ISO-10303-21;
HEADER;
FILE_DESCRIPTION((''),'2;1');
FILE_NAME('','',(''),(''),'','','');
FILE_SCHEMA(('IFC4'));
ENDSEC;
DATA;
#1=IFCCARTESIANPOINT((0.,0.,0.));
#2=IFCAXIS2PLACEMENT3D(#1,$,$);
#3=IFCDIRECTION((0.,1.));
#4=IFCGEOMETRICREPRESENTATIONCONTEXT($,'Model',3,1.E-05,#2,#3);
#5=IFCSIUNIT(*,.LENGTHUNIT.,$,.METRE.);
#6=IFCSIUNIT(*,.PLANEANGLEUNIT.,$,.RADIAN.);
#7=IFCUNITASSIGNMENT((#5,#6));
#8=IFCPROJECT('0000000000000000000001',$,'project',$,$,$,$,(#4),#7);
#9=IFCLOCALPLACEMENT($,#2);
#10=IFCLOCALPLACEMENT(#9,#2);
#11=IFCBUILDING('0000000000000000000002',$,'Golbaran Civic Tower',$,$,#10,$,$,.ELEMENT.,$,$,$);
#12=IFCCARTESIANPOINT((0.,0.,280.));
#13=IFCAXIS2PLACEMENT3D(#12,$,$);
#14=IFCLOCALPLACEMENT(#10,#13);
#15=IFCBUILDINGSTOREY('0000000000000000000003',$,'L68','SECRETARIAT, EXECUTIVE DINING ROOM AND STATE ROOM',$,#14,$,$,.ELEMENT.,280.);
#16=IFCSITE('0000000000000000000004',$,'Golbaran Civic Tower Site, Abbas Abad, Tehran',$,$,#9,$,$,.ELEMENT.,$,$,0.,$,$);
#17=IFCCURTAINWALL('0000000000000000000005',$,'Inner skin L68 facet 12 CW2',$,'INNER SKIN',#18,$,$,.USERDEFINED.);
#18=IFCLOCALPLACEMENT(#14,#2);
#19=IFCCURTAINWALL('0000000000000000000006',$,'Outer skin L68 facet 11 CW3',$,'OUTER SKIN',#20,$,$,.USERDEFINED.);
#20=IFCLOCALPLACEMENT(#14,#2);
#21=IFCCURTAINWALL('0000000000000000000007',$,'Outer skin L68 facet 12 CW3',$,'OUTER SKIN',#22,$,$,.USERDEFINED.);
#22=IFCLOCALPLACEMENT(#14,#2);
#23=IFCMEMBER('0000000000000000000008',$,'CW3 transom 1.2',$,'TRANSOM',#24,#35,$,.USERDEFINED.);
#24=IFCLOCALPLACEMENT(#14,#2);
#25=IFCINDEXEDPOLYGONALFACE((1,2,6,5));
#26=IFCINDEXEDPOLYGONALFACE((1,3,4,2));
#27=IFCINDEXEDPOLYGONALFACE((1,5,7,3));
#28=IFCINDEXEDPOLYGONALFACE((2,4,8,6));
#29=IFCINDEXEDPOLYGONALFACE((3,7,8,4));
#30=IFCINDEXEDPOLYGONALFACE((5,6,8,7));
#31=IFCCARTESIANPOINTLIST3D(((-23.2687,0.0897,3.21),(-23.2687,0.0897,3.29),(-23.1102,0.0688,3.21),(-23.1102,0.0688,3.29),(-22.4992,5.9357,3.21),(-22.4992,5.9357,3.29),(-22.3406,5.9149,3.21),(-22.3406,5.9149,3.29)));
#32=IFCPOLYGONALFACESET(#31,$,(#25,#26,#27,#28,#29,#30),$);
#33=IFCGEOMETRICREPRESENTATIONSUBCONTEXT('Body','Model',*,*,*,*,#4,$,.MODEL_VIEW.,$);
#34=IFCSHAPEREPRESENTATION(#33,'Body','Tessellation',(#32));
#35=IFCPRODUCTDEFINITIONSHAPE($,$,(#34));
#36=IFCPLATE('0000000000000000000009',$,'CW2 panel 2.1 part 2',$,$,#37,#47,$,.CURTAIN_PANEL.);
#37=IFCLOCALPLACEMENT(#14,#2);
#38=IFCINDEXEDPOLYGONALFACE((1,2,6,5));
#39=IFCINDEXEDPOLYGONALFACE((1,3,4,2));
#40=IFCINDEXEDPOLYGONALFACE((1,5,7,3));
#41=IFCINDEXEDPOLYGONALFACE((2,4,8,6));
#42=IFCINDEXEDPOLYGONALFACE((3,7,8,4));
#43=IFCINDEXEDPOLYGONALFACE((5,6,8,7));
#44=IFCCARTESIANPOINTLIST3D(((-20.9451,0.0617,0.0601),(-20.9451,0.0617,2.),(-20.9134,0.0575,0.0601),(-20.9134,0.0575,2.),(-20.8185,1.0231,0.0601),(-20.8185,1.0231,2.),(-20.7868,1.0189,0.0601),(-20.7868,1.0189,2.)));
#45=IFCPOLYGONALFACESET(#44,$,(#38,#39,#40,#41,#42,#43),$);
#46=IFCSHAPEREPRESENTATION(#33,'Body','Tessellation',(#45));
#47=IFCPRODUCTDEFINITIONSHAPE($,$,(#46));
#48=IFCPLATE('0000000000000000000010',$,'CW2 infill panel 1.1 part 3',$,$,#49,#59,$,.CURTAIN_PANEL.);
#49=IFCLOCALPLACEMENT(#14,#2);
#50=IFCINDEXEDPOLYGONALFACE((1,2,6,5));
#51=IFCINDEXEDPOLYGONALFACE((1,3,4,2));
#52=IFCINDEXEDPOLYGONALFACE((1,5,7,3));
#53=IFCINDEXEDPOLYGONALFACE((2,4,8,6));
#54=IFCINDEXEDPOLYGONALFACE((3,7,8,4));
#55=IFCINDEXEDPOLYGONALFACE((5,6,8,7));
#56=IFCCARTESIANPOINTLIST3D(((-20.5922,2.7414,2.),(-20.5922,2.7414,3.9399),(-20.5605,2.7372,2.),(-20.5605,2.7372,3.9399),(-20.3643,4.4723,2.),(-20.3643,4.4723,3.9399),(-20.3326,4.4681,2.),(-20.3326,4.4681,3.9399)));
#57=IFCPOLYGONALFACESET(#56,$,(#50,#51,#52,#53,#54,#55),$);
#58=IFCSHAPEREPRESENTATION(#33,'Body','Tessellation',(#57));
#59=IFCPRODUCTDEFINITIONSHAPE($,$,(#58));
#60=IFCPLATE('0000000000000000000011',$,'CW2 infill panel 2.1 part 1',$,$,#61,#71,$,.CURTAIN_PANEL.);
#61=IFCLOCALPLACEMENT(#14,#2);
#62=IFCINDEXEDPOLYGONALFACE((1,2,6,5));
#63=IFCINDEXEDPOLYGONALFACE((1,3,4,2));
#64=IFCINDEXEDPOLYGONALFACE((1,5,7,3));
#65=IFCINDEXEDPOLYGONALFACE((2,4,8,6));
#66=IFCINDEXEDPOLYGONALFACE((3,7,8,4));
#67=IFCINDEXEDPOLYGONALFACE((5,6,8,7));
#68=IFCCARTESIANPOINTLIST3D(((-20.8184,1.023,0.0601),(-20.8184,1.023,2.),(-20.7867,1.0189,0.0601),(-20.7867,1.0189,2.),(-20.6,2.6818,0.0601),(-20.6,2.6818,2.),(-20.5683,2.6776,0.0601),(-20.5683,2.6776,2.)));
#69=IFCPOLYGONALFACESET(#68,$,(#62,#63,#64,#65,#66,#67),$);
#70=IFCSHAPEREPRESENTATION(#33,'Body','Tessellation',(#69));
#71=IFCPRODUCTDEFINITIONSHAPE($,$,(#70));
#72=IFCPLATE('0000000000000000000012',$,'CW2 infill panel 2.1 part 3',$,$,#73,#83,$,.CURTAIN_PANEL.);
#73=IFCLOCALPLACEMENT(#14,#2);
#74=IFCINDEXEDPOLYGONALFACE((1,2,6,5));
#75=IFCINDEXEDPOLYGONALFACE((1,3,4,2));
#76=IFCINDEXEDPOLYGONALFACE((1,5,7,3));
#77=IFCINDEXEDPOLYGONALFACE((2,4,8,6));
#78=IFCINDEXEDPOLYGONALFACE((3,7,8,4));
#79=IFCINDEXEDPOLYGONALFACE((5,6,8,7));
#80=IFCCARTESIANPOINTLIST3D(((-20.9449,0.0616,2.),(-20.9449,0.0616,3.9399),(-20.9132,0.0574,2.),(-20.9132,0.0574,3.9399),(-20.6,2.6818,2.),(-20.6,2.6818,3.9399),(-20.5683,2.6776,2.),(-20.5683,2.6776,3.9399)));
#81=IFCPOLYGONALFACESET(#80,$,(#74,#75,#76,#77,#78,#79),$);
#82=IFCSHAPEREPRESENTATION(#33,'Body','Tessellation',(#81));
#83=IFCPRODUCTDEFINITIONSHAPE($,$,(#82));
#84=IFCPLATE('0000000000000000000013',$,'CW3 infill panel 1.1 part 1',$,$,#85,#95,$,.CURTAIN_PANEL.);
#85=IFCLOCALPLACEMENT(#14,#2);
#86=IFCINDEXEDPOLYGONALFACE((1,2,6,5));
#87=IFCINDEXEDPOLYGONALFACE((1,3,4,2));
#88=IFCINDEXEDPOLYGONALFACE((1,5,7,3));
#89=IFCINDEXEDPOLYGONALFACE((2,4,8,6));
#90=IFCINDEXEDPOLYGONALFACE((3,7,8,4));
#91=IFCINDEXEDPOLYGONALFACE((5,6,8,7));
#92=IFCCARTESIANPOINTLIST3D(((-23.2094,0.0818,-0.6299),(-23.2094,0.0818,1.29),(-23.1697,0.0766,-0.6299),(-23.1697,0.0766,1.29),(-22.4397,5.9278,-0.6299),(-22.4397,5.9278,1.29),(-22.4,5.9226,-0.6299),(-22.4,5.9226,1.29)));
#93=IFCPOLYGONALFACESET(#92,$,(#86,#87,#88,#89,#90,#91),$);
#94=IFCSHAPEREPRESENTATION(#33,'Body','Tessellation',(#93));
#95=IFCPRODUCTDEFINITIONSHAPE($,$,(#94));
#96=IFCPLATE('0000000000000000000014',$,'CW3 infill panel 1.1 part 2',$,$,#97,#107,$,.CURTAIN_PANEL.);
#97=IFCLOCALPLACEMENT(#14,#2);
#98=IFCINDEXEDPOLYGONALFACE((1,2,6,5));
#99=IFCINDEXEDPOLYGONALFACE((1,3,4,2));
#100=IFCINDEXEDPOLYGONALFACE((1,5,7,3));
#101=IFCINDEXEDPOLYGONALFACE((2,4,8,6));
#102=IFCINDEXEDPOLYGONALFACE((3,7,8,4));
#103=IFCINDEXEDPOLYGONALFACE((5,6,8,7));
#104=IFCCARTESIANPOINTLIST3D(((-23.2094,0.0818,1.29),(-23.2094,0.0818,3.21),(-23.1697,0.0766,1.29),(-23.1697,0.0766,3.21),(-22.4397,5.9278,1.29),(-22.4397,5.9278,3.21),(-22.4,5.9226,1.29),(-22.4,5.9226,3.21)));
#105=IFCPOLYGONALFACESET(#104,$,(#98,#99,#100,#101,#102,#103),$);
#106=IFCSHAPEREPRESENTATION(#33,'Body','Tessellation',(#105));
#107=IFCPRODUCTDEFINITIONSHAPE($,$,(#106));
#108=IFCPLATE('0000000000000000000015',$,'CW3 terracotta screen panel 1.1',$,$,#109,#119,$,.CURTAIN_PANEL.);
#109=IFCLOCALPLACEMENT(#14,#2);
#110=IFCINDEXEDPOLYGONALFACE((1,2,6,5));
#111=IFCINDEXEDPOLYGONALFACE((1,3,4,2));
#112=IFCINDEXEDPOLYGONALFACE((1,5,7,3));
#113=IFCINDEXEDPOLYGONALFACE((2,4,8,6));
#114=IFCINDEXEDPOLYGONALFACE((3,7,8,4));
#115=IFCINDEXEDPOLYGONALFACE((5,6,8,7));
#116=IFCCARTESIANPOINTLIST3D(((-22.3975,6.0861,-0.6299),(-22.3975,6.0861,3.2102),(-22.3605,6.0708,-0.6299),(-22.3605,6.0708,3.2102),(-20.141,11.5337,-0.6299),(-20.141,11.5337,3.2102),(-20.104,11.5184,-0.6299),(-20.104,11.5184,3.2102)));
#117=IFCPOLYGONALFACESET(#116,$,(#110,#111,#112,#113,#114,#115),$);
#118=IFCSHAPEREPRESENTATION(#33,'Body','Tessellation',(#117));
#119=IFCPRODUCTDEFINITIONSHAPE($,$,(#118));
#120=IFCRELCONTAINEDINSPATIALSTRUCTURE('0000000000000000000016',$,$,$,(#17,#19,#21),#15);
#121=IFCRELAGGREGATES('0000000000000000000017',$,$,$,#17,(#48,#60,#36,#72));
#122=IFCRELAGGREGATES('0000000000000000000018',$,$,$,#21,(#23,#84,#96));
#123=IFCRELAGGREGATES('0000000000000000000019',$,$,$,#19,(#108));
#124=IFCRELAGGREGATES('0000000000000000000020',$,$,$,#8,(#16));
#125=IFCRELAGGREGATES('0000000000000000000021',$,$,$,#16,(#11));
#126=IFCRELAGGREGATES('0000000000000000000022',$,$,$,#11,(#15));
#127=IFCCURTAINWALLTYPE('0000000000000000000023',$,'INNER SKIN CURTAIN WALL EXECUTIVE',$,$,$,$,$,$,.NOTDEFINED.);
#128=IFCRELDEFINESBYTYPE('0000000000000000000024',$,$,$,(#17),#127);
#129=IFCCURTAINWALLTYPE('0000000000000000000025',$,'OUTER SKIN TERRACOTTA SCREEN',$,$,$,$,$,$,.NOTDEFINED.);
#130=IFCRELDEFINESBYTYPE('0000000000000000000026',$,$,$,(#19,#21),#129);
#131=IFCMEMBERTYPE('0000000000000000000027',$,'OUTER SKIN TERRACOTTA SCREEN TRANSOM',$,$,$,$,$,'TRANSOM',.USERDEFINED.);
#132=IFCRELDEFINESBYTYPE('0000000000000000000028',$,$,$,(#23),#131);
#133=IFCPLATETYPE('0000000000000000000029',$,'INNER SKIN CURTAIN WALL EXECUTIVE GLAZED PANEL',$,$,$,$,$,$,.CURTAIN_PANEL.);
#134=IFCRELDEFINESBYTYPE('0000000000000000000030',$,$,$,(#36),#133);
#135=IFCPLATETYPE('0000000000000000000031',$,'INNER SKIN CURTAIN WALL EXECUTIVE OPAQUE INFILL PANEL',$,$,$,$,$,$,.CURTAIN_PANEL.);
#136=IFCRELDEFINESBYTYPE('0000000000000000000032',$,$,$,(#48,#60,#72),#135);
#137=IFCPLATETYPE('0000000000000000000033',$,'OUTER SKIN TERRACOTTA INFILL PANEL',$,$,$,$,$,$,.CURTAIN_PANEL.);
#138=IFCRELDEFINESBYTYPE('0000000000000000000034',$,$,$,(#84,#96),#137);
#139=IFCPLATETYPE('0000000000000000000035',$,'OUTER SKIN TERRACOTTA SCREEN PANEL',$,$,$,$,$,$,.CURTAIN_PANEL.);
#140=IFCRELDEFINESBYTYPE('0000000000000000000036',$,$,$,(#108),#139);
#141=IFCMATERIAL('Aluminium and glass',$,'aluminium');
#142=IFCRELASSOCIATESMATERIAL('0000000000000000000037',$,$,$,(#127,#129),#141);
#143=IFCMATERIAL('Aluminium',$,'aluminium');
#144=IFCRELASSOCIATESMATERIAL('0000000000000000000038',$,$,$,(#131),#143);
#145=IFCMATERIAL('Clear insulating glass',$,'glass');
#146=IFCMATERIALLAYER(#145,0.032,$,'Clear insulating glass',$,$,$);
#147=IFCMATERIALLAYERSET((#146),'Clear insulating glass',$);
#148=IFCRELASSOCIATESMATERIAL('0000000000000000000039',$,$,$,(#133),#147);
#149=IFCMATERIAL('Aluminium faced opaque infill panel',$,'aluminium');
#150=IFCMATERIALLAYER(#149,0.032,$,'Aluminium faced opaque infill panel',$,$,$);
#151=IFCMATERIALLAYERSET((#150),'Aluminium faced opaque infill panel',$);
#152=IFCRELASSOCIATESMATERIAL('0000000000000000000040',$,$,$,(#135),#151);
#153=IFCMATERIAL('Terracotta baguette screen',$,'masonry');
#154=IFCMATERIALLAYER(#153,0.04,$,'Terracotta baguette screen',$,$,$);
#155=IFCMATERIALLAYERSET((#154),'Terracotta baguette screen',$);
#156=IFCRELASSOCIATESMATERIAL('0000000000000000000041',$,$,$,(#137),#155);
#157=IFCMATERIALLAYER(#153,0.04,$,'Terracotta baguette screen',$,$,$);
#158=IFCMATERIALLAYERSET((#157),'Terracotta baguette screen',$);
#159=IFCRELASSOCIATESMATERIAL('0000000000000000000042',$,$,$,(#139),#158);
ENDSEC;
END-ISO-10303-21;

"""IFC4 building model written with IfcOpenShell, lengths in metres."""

from ifc_helpers import new_model, si_unit, direction, frame, origin, origin_2d, place, context, subcontext, project, spatial, rectangle, extrude, material, layer, layer_set, material_profile, profile_set, type_object, element, aggregate, save


model = new_model("IFC4")

# Units and contexts
model_context = context("Model", 3, precision=1e-05, world=origin(), true_north=direction((0.0, 1.0)))
body_context = subcontext(model_context, "Body", "Model", "MODEL_VIEW")
ifc_project = project(units=[si_unit("LENGTHUNIT", "METRE"), si_unit("PLANEANGLEUNIT", "RADIAN")], contexts=[model_context])

# Site, building, storey
site_placement = place(None, origin())
site = spatial("IfcSite", under=ifc_project, at=site_placement, Name="Golbaran Civic Tower Site, Abbas Abad, Tehran", CompositionType="ELEMENT", RefElevation=0.0)
building_placement = place(site_placement, origin())
building = spatial("IfcBuilding", under=site, at=building_placement, Name="Golbaran Civic Tower", CompositionType="ELEMENT")
storey_placement = place(building_placement, frame((0.0, 0.0, 280.0)))
storey = spatial("IfcBuildingStorey", under=building, at=storey_placement, Name="L68", Description="SECRETARIAT, EXECUTIVE DINING ROOM AND STATE ROOM", CompositionType="ELEMENT", Elevation=280.0)

# Curtain wall
ifc_material_1 = material(Name="Aluminium and glass", Category="aluminium")
curtain_wall_type_1 = type_object("IfcCurtainWallType", Name="INNER SKIN CURTAIN WALL EXECUTIVE", PredefinedType="NOTDEFINED", material=ifc_material_1)
curtain_wall_1_placement = place(storey_placement, origin())
curtain_wall_1 = element("IfcCurtainWall", 1, at=curtain_wall_1_placement, inside=storey, type_object=curtain_wall_type_1, Name="Inner skin L68 facet 12 CW2", ObjectType="INNER SKIN", PredefinedType="USERDEFINED")
ifc_material_2 = material(Name="Aluminium", Category="aluminium")

# Curtain wall
curtain_wall_type_2 = type_object("IfcCurtainWallType", Name="OUTER SKIN TERRACOTTA SCREEN", PredefinedType="NOTDEFINED", material=ifc_material_1)
curtain_wall_2_placement = place(storey_placement, origin())
curtain_wall_2 = element("IfcCurtainWall", 2, at=curtain_wall_2_placement, inside=storey, type_object=curtain_wall_type_2, Name="Outer skin L68 facet 11 CW3", ObjectType="OUTER SKIN", PredefinedType="USERDEFINED")

# Curtain wall, member
curtain_wall_3_placement = place(storey_placement, origin())
curtain_wall_3 = element("IfcCurtainWall", 3, at=curtain_wall_3_placement, inside=storey, type_object=curtain_wall_type_2, Name="Outer skin L68 facet 12 CW3", ObjectType="OUTER SKIN", PredefinedType="USERDEFINED")
ifc_material_profile_1 = material_profile(ifc_material_2, rectangle(XDim=0.1599, YDim=0.0801, at=origin_2d()), Name="OUTER SKIN TERRACOTTA SCREEN TRANSOM")
ifc_profile_set_1 = profile_set([ifc_material_profile_1], Name="Aluminium")
member_type_1 = type_object("IfcMemberType", Name="OUTER SKIN TERRACOTTA SCREEN TRANSOM", ElementType="TRANSOM", PredefinedType="USERDEFINED", material=ifc_profile_set_1)
member_1_placement = place(storey_placement, frame((-22.4199, 5.9253, 3.25), z_axis=(-0.130509, -0.991447, 0.0), x_axis=(0.991447, -0.130509, 0.0)))
member_1 = element("IfcMember", 4, at=member_1_placement, type_object=member_type_1, Name="CW3 transom 1.2", ObjectType="TRANSOM", PredefinedType="USERDEFINED", context=body_context, shape_type="SweptSolid", body=[
    extrude(rectangle(XDim=0.1599, YDim=0.0801, at=origin_2d()), origin(), (0.0, 0.0, 1.0), 5.8965),
])

# Plates
ifc_material_3 = material(Name="Clear insulating glass", Category="glass")
ifc_layer_1 = layer(ifc_material_3, 0.032, Name="Clear insulating glass")
ifc_layer_set_1 = layer_set([ifc_layer_1], Name="Clear insulating glass")
plate_type_1 = type_object("IfcPlateType", Name="INNER SKIN CURTAIN WALL EXECUTIVE GLAZED PANEL", PredefinedType="CURTAIN_PANEL", material=ifc_layer_set_1)
plate_1_placement = place(storey_placement, frame((-20.866, 0.5403, 0.0601), z_axis=(0.0, 0.0, 1.0), x_axis=(-0.130526, -0.991445, 0.0)))
plate_1 = element("IfcPlate", 5, at=plate_1_placement, type_object=plate_type_1, Name="CW2 panel 2.1 part 2", PredefinedType="CURTAIN_PANEL", context=body_context, shape_type="SweptSolid", body=[
    extrude(rectangle(XDim=0.9697, YDim=0.032, at=origin_2d()), origin(), (0.0, 0.0, 1.0), 1.9399),
])
ifc_material_4 = material(Name="Aluminium faced opaque infill panel", Category="aluminium")
ifc_layer_2 = layer(ifc_material_4, 0.032, Name="Aluminium faced opaque infill panel")
ifc_layer_set_2 = layer_set([ifc_layer_2], Name="Aluminium faced opaque infill panel")
plate_type_2 = type_object("IfcPlateType", Name="INNER SKIN CURTAIN WALL EXECUTIVE OPAQUE INFILL PANEL", PredefinedType="CURTAIN_PANEL", material=ifc_layer_set_2)
plate_2_placement = place(storey_placement, frame((-20.4624, 3.6047, 2.0), z_axis=(0.0, 0.0, 1.0), x_axis=(-0.130526, -0.991445, 0.0)))
plate_2 = element("IfcPlate", 6, at=plate_2_placement, type_object=plate_type_2, Name="CW2 infill panel 1.1 part 3", PredefinedType="CURTAIN_PANEL", context=body_context, shape_type="SweptSolid", body=[
    extrude(rectangle(XDim=1.7458, YDim=0.032, at=origin_2d()), origin(), (0.0, 0.0, 1.0), 1.9399),
])
plate_3_placement = place(storey_placement, frame((-20.6934, 1.8503, 0.0601), z_axis=(0.0, 0.0, 1.0), x_axis=(-0.130526, -0.991445, 0.0)))
plate_3 = element("IfcPlate", 7, at=plate_3_placement, type_object=plate_type_2, Name="CW2 infill panel 2.1 part 1", PredefinedType="CURTAIN_PANEL", context=body_context, shape_type="SweptSolid", body=[
    extrude(rectangle(XDim=1.6731, YDim=0.032, at=origin_2d()), origin(), (0.0, 0.0, 1.0), 1.9399),
])
plate_4_placement = place(storey_placement, frame((-20.7566, 1.3696, 2.0), z_axis=(0.0, 0.0, 1.0), x_axis=(-0.130526, -0.991445, 0.0)))
plate_4 = element("IfcPlate", 8, at=plate_4_placement, type_object=plate_type_2, Name="CW2 infill panel 2.1 part 3", PredefinedType="CURTAIN_PANEL", context=body_context, shape_type="SweptSolid", body=[
    extrude(rectangle(XDim=2.6428, YDim=0.032, at=origin_2d()), origin(), (0.0, 0.0, 1.0), 1.9399),
])
aggregate(curtain_wall_1, [plate_2, plate_3, plate_1, plate_4])
ifc_material_5 = material(Name="Terracotta baguette screen", Category="masonry")
ifc_layer_3 = layer(ifc_material_5, 0.04, Name="Terracotta baguette screen")
ifc_layer_set_3 = layer_set([ifc_layer_3], Name="Terracotta baguette screen")
plate_type_3 = type_object("IfcPlateType", Name="OUTER SKIN TERRACOTTA INFILL PANEL", PredefinedType="CURTAIN_PANEL", material=ifc_layer_set_3)
plate_5_placement = place(storey_placement, frame((-22.8047, 3.0022, -0.6299), z_axis=(0.0, 0.0, 1.0), x_axis=(-0.130526, -0.991445, 0.0)))
plate_5 = element("IfcPlate", 9, at=plate_5_placement, type_object=plate_type_3, Name="CW3 infill panel 1.1 part 1", PredefinedType="CURTAIN_PANEL", context=body_context, shape_type="SweptSolid", body=[
    extrude(rectangle(XDim=5.8965, YDim=0.04, at=origin_2d()), origin(), (0.0, 0.0, 1.0), 1.9199),
])
plate_6_placement = place(storey_placement, frame((-22.8047, 3.0022, 1.29), z_axis=(0.0, 0.0, 1.0), x_axis=(-0.130526, -0.991445, 0.0)))
plate_6 = element("IfcPlate", 10, at=plate_6_placement, type_object=plate_type_3, Name="CW3 infill panel 1.1 part 2", PredefinedType="CURTAIN_PANEL", context=body_context, shape_type="SweptSolid", body=[
    extrude(rectangle(XDim=5.8965, YDim=0.04, at=origin_2d()), origin(), (0.0, 0.0, 1.0), 1.9199),
])
aggregate(curtain_wall_3, [member_1, plate_5, plate_6])
ifc_layer_4 = layer(ifc_material_5, 0.04, Name="Terracotta baguette screen")
ifc_layer_set_4 = layer_set([ifc_layer_4], Name="Terracotta baguette screen")
plate_type_4 = type_object("IfcPlateType", Name="OUTER SKIN TERRACOTTA SCREEN PANEL", PredefinedType="CURTAIN_PANEL", material=ifc_layer_set_4)
plate_7_placement = place(storey_placement, frame((-21.2507, 8.8022, -0.6299), z_axis=(0.0, 0.0, 1.0), x_axis=(-0.382683, -0.92388, 0.0)))
plate_7 = element("IfcPlate", 11, at=plate_7_placement, type_object=plate_type_4, Name="CW3 terracotta screen panel 1.1", PredefinedType="CURTAIN_PANEL", context=body_context, shape_type="SweptSolid", body=[
    extrude(rectangle(XDim=5.8965, YDim=0.04, at=origin_2d()), origin(), (0.0, 0.0, 1.0), 3.8401),
])
aggregate(curtain_wall_2, [plate_7])

save(model, "model.ifc")
